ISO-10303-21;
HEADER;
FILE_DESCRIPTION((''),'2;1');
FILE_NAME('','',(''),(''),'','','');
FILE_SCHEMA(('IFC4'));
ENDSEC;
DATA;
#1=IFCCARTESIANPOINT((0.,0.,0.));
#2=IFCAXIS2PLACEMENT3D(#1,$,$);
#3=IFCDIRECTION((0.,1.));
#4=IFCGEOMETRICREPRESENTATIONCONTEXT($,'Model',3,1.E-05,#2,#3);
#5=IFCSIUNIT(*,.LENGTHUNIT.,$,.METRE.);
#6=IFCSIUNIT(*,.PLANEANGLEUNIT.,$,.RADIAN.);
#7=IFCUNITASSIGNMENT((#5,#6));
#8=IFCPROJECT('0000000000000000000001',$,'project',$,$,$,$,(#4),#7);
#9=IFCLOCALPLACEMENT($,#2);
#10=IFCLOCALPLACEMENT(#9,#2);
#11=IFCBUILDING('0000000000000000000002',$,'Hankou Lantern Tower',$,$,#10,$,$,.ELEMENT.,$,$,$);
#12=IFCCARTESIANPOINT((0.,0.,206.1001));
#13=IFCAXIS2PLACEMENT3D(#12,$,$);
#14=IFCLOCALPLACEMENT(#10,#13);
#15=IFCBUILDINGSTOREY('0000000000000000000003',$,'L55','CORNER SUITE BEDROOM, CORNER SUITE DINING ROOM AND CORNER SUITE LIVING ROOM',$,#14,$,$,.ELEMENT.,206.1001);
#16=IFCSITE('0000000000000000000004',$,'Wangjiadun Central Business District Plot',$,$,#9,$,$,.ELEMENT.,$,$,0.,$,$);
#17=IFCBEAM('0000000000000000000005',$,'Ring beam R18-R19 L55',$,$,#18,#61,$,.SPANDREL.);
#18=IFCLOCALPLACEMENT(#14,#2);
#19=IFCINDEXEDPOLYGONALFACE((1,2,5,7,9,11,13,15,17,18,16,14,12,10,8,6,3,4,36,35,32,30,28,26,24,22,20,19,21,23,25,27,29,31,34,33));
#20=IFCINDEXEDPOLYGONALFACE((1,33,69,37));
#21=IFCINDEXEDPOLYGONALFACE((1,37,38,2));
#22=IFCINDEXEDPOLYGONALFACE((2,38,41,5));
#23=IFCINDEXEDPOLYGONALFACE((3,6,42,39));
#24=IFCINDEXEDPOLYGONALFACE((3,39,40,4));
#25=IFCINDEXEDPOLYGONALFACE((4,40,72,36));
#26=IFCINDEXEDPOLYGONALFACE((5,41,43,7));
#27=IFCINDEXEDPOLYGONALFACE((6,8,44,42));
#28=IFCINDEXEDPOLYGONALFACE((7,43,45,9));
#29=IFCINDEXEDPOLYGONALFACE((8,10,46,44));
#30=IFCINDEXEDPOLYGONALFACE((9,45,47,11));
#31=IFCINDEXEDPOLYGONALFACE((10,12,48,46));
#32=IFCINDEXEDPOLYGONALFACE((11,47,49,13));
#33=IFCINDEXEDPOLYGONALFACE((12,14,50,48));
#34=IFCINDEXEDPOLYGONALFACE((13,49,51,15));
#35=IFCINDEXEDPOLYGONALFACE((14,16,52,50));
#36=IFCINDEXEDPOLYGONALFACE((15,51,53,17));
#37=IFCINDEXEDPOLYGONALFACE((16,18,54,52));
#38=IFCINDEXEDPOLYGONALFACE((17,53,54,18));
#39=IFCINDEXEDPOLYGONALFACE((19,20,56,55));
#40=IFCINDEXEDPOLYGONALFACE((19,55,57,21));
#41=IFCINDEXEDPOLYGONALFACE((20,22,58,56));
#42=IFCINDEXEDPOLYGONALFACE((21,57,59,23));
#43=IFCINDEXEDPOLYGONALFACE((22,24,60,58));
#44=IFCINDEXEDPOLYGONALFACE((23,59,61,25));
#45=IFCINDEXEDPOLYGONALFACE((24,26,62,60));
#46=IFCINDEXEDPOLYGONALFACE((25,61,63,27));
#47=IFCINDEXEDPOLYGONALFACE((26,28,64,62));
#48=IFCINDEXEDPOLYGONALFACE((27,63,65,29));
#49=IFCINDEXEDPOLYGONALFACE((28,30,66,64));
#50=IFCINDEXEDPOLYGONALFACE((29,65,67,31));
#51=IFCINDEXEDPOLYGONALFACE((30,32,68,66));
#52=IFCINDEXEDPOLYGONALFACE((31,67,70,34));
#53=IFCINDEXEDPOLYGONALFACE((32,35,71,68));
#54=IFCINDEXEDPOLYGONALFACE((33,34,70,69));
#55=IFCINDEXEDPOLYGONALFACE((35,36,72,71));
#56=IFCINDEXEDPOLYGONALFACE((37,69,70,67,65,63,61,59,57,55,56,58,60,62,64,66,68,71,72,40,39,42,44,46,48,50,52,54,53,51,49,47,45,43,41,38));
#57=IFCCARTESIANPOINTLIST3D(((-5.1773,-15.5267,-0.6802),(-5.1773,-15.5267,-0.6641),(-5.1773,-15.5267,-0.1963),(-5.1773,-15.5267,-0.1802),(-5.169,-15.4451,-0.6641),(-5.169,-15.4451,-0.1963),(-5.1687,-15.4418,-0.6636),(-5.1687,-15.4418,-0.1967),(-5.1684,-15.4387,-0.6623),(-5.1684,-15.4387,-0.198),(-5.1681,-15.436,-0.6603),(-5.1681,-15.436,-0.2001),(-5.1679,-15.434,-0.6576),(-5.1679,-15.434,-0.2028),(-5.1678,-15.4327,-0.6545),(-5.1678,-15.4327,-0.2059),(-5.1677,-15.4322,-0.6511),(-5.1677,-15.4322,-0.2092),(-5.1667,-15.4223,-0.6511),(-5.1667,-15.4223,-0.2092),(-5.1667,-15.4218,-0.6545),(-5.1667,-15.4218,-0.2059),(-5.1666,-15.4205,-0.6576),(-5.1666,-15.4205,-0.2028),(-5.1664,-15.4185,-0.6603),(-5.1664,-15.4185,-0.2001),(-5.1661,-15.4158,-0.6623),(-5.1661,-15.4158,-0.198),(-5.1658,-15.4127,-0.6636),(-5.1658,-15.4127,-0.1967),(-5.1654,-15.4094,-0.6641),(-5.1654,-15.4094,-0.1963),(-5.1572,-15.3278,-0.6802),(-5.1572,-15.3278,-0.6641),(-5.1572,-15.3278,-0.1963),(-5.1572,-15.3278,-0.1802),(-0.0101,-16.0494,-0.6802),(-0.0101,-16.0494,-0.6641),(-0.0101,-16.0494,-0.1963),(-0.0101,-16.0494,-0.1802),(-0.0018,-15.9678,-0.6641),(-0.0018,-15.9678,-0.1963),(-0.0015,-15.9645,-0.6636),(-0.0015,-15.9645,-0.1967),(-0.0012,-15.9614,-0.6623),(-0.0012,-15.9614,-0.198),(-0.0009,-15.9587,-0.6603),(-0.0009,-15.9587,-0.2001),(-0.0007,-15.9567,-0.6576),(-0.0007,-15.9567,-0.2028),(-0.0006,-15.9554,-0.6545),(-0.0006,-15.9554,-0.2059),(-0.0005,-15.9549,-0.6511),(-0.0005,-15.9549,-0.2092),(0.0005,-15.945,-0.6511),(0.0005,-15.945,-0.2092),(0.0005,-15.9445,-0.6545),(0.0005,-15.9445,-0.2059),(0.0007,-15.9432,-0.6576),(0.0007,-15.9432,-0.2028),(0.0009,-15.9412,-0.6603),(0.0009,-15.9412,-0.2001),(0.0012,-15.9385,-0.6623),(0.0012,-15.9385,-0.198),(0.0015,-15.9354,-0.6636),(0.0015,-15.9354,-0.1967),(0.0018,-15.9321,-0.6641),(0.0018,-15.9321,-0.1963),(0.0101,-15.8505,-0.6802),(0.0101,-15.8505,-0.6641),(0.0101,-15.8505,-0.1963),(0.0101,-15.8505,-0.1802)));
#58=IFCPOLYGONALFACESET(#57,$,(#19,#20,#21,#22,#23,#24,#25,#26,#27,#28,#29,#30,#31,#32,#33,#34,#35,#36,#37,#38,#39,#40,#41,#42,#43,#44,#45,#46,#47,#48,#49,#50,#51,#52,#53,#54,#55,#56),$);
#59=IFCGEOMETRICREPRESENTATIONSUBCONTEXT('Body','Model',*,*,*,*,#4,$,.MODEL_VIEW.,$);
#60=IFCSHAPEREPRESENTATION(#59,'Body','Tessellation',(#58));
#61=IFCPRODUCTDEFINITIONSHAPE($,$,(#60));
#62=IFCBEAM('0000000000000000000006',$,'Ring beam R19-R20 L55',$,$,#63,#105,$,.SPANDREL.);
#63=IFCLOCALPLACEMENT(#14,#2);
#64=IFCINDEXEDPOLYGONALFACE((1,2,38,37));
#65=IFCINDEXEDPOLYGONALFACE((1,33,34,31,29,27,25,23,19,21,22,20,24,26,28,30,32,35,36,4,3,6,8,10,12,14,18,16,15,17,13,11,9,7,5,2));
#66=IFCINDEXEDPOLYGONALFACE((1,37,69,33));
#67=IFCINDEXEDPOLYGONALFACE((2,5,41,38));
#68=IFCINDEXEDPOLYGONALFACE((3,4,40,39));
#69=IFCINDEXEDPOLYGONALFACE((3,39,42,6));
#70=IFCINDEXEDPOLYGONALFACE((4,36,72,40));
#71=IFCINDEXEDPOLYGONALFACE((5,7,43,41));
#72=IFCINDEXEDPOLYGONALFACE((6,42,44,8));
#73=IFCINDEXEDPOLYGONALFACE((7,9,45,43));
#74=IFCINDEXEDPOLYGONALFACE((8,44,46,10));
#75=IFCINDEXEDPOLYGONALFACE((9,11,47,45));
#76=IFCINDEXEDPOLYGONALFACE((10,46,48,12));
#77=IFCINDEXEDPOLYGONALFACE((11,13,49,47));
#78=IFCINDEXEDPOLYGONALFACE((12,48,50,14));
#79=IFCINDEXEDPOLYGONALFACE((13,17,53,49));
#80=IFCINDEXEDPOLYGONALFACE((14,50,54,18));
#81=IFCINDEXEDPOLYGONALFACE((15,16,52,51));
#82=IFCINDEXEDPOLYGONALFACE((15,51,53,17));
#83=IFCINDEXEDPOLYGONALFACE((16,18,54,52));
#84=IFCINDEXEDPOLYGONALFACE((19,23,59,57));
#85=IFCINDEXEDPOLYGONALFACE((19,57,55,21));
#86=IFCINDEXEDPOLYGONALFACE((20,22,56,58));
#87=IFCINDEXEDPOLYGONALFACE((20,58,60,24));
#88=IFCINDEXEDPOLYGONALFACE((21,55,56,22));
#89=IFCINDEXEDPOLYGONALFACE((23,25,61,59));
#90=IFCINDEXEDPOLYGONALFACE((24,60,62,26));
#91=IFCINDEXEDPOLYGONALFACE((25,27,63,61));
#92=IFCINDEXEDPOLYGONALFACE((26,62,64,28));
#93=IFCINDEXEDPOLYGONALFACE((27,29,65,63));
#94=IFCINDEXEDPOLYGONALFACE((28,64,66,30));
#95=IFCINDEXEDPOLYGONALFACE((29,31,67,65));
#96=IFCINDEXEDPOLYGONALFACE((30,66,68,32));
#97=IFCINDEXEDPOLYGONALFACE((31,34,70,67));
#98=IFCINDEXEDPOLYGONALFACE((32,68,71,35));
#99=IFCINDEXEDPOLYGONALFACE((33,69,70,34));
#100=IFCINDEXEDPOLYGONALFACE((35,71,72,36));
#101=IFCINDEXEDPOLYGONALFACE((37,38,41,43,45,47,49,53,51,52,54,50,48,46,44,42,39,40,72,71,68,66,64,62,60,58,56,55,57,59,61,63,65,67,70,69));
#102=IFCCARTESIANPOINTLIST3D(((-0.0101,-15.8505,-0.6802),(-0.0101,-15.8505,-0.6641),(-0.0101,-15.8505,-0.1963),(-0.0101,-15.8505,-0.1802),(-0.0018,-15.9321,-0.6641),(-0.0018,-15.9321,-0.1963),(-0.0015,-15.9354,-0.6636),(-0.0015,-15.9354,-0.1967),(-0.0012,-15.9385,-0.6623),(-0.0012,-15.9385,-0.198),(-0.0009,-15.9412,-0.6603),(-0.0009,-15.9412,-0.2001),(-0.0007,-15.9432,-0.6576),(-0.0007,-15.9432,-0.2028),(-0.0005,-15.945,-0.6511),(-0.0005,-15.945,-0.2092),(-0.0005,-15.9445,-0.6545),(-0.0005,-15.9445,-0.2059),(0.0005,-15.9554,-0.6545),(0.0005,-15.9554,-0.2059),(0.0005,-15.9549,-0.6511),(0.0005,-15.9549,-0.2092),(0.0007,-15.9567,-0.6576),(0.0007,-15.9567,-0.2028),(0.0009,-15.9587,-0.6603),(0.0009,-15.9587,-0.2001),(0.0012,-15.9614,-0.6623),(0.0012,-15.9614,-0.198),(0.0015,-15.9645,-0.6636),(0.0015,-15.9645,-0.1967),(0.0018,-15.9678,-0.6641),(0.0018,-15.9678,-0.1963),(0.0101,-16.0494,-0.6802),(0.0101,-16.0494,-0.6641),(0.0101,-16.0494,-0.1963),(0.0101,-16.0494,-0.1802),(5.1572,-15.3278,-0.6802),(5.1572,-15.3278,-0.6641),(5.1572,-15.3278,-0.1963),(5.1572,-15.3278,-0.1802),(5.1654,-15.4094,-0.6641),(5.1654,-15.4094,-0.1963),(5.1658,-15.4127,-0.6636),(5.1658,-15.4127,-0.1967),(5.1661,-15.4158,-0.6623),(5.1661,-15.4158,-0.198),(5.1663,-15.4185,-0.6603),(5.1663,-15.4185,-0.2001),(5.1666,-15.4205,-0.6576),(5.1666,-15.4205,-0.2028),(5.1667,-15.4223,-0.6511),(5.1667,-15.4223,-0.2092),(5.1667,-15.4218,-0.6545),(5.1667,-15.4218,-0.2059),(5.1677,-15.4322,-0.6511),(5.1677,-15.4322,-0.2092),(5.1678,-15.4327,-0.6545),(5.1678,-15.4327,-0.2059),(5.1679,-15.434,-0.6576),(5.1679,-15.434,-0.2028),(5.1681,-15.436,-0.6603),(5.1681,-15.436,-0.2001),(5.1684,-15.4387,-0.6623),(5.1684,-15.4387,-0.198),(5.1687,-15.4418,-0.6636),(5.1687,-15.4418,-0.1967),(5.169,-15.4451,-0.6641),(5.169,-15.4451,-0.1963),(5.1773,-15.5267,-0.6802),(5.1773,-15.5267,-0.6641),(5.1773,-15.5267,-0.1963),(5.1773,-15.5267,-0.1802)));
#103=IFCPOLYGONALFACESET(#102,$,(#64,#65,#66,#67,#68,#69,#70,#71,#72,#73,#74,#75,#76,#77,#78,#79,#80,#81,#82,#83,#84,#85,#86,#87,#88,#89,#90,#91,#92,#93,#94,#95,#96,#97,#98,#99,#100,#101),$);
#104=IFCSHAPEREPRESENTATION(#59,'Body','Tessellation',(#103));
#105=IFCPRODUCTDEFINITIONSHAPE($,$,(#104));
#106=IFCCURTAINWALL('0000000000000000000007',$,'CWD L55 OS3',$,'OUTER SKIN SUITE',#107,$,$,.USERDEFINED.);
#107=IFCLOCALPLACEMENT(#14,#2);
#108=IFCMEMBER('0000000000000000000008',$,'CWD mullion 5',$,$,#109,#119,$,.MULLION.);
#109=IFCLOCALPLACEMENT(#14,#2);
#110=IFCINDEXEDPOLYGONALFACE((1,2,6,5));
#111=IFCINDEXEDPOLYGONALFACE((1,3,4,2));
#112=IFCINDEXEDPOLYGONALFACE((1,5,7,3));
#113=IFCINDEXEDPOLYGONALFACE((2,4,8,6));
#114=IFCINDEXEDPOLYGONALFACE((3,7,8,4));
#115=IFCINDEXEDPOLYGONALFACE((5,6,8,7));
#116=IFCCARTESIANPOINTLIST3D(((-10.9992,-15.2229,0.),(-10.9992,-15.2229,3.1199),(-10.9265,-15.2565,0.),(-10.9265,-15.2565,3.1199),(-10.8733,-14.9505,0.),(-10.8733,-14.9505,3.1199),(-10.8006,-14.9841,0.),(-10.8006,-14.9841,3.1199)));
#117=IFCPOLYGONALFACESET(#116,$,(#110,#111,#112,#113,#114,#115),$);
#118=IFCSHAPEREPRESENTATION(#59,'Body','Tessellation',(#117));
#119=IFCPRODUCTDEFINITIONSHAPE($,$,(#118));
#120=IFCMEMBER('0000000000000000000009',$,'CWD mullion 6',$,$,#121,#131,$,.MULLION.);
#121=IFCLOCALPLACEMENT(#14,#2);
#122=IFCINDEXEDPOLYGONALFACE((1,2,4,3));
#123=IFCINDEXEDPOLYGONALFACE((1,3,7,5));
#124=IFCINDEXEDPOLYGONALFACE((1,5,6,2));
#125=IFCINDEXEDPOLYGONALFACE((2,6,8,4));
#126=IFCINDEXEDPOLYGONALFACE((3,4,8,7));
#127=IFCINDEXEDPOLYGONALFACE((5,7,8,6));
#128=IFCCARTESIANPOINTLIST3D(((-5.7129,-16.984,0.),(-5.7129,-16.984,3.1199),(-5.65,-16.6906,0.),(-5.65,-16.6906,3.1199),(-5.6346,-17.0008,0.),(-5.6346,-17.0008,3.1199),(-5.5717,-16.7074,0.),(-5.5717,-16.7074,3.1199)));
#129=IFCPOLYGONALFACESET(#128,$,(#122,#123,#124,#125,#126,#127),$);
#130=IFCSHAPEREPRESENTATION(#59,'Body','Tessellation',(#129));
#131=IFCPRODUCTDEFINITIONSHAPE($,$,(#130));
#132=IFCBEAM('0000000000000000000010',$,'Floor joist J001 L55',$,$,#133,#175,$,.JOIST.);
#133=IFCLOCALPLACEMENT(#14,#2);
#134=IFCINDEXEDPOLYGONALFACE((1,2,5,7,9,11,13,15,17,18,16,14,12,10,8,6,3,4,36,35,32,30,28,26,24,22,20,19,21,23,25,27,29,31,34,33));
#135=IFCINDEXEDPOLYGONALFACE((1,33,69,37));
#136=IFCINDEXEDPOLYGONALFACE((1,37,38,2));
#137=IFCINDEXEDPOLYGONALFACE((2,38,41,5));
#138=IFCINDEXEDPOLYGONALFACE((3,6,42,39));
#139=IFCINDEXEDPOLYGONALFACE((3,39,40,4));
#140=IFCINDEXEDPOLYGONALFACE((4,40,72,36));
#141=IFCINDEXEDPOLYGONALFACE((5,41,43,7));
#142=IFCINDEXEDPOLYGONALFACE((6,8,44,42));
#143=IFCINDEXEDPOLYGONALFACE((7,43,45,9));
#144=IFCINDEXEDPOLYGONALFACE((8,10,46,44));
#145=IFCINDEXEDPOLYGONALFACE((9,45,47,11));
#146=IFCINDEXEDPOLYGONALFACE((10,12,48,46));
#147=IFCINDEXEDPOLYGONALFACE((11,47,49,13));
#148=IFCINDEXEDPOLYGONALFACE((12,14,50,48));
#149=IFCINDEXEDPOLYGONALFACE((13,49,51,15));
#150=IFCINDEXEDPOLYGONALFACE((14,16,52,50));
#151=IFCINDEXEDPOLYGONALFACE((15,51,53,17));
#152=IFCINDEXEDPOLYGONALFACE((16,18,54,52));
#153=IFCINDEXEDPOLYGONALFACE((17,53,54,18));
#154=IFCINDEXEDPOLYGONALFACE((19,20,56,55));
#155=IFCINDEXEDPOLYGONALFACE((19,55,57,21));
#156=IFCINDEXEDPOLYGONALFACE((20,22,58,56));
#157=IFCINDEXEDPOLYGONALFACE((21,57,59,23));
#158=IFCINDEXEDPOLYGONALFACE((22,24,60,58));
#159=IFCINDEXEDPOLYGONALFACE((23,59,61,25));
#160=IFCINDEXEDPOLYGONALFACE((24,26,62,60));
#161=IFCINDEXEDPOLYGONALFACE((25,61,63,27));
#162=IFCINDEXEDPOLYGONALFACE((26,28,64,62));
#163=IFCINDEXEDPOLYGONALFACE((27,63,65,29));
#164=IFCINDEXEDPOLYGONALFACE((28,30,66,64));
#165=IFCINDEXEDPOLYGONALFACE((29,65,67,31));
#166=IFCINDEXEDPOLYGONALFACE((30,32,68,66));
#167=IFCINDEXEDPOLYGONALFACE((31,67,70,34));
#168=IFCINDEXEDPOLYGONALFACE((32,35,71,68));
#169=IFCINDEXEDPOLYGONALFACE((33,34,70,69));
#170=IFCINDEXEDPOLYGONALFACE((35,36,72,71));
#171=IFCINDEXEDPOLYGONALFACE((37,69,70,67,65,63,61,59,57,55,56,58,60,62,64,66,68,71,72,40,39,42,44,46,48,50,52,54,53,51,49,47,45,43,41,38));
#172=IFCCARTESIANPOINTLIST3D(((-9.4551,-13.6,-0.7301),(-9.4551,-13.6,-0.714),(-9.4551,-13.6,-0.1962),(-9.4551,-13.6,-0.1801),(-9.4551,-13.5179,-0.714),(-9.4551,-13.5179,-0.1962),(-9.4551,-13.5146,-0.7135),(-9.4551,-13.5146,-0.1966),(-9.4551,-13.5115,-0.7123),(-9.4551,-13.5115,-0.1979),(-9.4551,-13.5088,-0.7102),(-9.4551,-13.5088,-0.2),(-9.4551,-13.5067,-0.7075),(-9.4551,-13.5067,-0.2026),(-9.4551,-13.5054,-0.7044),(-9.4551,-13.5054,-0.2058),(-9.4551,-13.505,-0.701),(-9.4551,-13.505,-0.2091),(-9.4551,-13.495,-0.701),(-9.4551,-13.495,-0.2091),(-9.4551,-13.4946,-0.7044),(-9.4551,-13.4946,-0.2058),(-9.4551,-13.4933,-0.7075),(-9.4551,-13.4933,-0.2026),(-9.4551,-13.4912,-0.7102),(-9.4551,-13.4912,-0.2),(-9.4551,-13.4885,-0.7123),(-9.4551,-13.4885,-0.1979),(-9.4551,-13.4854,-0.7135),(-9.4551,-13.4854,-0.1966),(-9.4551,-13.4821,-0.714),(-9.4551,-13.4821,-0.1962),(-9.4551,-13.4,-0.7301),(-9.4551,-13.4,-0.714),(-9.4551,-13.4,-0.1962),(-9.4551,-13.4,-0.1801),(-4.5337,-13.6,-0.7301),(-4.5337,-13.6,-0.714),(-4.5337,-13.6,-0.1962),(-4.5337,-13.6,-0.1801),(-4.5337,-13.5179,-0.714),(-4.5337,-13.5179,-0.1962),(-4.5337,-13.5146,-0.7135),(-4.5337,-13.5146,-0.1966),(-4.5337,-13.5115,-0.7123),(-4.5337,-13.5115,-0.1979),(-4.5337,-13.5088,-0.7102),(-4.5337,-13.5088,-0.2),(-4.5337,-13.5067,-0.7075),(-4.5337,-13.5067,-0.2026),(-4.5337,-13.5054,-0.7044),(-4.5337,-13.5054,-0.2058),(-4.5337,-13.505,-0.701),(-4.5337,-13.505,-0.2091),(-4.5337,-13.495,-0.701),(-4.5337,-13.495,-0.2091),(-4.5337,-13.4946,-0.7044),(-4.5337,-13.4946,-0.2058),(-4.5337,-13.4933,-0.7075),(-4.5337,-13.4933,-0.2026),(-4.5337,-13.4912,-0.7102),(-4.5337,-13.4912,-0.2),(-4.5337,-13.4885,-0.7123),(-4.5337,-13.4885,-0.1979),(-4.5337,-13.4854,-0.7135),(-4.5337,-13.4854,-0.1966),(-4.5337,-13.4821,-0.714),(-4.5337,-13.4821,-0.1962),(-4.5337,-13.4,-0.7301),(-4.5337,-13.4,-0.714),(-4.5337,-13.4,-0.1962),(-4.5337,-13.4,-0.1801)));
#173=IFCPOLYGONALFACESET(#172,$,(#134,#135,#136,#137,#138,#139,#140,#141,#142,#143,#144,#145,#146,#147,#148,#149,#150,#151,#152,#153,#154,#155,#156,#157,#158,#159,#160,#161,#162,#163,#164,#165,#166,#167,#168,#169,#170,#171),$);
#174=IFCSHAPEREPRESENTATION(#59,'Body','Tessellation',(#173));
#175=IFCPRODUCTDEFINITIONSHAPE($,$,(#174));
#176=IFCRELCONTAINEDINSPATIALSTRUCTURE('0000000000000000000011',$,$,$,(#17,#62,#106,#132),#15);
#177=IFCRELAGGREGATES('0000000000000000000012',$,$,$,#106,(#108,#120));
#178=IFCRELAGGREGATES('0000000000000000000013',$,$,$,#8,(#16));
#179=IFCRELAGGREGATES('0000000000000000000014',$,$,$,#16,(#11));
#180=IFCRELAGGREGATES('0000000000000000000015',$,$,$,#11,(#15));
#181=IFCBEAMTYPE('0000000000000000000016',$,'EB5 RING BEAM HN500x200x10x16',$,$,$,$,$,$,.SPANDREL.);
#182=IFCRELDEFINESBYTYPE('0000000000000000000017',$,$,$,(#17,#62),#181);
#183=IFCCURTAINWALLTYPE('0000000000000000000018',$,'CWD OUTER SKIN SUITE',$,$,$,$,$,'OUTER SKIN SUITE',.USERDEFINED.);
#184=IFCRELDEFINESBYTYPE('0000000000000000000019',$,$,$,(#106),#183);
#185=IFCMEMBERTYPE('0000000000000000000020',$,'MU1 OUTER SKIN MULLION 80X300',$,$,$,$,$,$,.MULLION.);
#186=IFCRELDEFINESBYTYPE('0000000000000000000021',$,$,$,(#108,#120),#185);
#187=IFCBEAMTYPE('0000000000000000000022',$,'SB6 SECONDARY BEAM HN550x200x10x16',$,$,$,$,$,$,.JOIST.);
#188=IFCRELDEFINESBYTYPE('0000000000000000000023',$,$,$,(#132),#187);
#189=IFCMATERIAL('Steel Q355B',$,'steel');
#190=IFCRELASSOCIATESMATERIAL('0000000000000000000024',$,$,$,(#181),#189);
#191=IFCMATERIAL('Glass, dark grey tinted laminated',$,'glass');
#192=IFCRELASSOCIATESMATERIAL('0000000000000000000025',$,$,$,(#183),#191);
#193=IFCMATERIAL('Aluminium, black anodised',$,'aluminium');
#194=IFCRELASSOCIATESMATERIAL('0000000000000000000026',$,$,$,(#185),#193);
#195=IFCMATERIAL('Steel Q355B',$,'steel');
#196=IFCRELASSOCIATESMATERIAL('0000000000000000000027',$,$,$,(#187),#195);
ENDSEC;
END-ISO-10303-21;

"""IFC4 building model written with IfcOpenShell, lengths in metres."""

from ifc_helpers import new_model, si_unit, direction, frame, origin, origin_2d, place, context, subcontext, project, spatial, rectangle, i_section, extrude, material, material_profile, profile_set, type_object, element, aggregate, save


model = new_model("IFC4")

# Units and contexts
model_context = context("Model", 3, precision=1e-05, world=origin(), true_north=direction((0.0, 1.0)))
body_context = subcontext(model_context, "Body", "Model", "MODEL_VIEW")
ifc_project = project(units=[si_unit("LENGTHUNIT", "METRE"), si_unit("PLANEANGLEUNIT", "RADIAN")], contexts=[model_context])

# Site, building, storey
site_placement = place(None, origin())
site = spatial("IfcSite", under=ifc_project, at=site_placement, Name="Wangjiadun Central Business District Plot", CompositionType="ELEMENT", RefElevation=0.0)
building_placement = place(site_placement, origin())
building = spatial("IfcBuilding", under=site, at=building_placement, Name="Hankou Lantern Tower", CompositionType="ELEMENT")
storey_placement = place(building_placement, frame((0.0, 0.0, 206.1001)))
storey = spatial("IfcBuildingStorey", under=building, at=storey_placement, Name="L55", Description="CORNER SUITE BEDROOM, CORNER SUITE DINING ROOM AND CORNER SUITE LIVING ROOM", CompositionType="ELEMENT", Elevation=206.1001)

# Beams
ifc_material_1 = material(Name="Steel Q355B", Category="steel")
ifc_material_profile_1 = material_profile(ifc_material_1, i_section(OverallWidth=0.2, OverallDepth=0.5, WebThickness=0.01, FlangeThickness=0.0161, FilletRadius=0.0129, at=origin_2d()), Name="HN500x200x10x16")
ifc_profile_set_1 = profile_set([ifc_material_profile_1], Name="Steel Q355B")
beam_type_1 = type_object("IfcBeamType", Name="EB5 RING BEAM HN500x200x10x16", PredefinedType="SPANDREL", material=ifc_profile_set_1)
for number, where, z_axis, x_axis, name in (
    (1, (-5.1672, -15.4272, -0.4302), (0.994923, -0.100644, 0.0), (0.100644, 0.994923, 0.0), "Ring beam R18-R19 L55"),
    (2, (0.0, -15.95, -0.4302), (0.994923, 0.100644, 0.0), (-0.100644, 0.994923, 0.0), "Ring beam R19-R20 L55"),
):
    element("IfcBeam", number, at=place(storey_placement, frame(where, z_axis=z_axis, x_axis=x_axis)), inside=storey, type_object=beam_type_1, Name=name, PredefinedType="SPANDREL", context=body_context, shape_type="SweptSolid", body=[
        extrude(i_section(OverallWidth=0.2, OverallDepth=0.5, WebThickness=0.01, FlangeThickness=0.0161, FilletRadius=0.0129, at=origin_2d()), origin(), (0.0, 0.0, 1.0), 5.1936),
    ])

# Curtain wall, members
ifc_material_2 = material(Name="Glass, dark grey tinted laminated", Category="glass")
curtain_wall_type = type_object("IfcCurtainWallType", Name="CWD OUTER SKIN SUITE", ElementType="OUTER SKIN SUITE", PredefinedType="USERDEFINED", material=ifc_material_2)
curtain_wall_placement = place(storey_placement, origin())
curtain_wall = element("IfcCurtainWall", 3, at=curtain_wall_placement, inside=storey, type_object=curtain_wall_type, Name="CWD L55 OS3", ObjectType="OUTER SKIN SUITE", PredefinedType="USERDEFINED")
ifc_material_3 = material(Name="Aluminium, black anodised", Category="aluminium")
ifc_material_profile_2 = material_profile(ifc_material_3, rectangle(XDim=0.0801, YDim=0.3, at=origin_2d()), Name="MU1 80X300")
ifc_profile_set_2 = profile_set([ifc_material_profile_2], Name="Aluminium, black anodised")
member_type_1 = type_object("IfcMemberType", Name="MU1 OUTER SKIN MULLION 80X300", PredefinedType="MULLION", material=ifc_profile_set_2)
member_1_placement = place(storey_placement, frame((-10.8999, -15.1035, 0.0), z_axis=(0.0, 0.0, 1.0), x_axis=(0.907841, -0.419314, 0.0)))
member_1 = element("IfcMember", 4, at=member_1_placement, type_object=member_type_1, Name="CWD mullion 5", PredefinedType="MULLION", context=body_context, shape_type="SweptSolid", body=[
    extrude(rectangle(XDim=0.0801, YDim=0.3, at=origin_2d()), origin(), (0.0, 0.0, 1.0), 3.1199),
])
member_2_placement = place(storey_placement, frame((-5.6423, -16.8457, 0.0), z_axis=(0.0, 0.0, 1.0), x_axis=(0.977788, -0.209598, 0.0)))
member_2 = element("IfcMember", 5, at=member_2_placement, type_object=member_type_1, Name="CWD mullion 6", PredefinedType="MULLION", context=body_context, shape_type="SweptSolid", body=[
    extrude(rectangle(XDim=0.0801, YDim=0.3, at=origin_2d()), origin(), (0.0, 0.0, 1.0), 3.1199),
])

# Beam
ifc_material_4 = material(Name="Steel Q355B", Category="steel")
ifc_material_profile_3 = material_profile(ifc_material_4, i_section(OverallWidth=0.2, OverallDepth=0.55, WebThickness=0.01, FlangeThickness=0.0161, FilletRadius=0.0129, at=origin_2d()), Name="HN550x200x10x16")
ifc_profile_set_3 = profile_set([ifc_material_profile_3], Name="Steel Q355B")
beam_type_2 = type_object("IfcBeamType", Name="SB6 SECONDARY BEAM HN550x200x10x16", PredefinedType="JOIST", material=ifc_profile_set_3)
beam_1_placement = place(storey_placement, frame((-9.4551, -13.5, -0.4551), z_axis=(1.0, 0.0, 0.0), x_axis=(0.0, 1.0, 0.0)))
element("IfcBeam", 6, at=beam_1_placement, inside=storey, type_object=beam_type_2, Name="Floor joist J001 L55", PredefinedType="JOIST", context=body_context, shape_type="SweptSolid", body=[
    extrude(i_section(OverallWidth=0.2, OverallDepth=0.55, WebThickness=0.01, FlangeThickness=0.0161, FilletRadius=0.0129, at=origin_2d()), origin(), (0.0, 0.0, 1.0), 4.9214),
])

aggregate(curtain_wall, [member_1, member_2])

save(model, "model.ifc")
